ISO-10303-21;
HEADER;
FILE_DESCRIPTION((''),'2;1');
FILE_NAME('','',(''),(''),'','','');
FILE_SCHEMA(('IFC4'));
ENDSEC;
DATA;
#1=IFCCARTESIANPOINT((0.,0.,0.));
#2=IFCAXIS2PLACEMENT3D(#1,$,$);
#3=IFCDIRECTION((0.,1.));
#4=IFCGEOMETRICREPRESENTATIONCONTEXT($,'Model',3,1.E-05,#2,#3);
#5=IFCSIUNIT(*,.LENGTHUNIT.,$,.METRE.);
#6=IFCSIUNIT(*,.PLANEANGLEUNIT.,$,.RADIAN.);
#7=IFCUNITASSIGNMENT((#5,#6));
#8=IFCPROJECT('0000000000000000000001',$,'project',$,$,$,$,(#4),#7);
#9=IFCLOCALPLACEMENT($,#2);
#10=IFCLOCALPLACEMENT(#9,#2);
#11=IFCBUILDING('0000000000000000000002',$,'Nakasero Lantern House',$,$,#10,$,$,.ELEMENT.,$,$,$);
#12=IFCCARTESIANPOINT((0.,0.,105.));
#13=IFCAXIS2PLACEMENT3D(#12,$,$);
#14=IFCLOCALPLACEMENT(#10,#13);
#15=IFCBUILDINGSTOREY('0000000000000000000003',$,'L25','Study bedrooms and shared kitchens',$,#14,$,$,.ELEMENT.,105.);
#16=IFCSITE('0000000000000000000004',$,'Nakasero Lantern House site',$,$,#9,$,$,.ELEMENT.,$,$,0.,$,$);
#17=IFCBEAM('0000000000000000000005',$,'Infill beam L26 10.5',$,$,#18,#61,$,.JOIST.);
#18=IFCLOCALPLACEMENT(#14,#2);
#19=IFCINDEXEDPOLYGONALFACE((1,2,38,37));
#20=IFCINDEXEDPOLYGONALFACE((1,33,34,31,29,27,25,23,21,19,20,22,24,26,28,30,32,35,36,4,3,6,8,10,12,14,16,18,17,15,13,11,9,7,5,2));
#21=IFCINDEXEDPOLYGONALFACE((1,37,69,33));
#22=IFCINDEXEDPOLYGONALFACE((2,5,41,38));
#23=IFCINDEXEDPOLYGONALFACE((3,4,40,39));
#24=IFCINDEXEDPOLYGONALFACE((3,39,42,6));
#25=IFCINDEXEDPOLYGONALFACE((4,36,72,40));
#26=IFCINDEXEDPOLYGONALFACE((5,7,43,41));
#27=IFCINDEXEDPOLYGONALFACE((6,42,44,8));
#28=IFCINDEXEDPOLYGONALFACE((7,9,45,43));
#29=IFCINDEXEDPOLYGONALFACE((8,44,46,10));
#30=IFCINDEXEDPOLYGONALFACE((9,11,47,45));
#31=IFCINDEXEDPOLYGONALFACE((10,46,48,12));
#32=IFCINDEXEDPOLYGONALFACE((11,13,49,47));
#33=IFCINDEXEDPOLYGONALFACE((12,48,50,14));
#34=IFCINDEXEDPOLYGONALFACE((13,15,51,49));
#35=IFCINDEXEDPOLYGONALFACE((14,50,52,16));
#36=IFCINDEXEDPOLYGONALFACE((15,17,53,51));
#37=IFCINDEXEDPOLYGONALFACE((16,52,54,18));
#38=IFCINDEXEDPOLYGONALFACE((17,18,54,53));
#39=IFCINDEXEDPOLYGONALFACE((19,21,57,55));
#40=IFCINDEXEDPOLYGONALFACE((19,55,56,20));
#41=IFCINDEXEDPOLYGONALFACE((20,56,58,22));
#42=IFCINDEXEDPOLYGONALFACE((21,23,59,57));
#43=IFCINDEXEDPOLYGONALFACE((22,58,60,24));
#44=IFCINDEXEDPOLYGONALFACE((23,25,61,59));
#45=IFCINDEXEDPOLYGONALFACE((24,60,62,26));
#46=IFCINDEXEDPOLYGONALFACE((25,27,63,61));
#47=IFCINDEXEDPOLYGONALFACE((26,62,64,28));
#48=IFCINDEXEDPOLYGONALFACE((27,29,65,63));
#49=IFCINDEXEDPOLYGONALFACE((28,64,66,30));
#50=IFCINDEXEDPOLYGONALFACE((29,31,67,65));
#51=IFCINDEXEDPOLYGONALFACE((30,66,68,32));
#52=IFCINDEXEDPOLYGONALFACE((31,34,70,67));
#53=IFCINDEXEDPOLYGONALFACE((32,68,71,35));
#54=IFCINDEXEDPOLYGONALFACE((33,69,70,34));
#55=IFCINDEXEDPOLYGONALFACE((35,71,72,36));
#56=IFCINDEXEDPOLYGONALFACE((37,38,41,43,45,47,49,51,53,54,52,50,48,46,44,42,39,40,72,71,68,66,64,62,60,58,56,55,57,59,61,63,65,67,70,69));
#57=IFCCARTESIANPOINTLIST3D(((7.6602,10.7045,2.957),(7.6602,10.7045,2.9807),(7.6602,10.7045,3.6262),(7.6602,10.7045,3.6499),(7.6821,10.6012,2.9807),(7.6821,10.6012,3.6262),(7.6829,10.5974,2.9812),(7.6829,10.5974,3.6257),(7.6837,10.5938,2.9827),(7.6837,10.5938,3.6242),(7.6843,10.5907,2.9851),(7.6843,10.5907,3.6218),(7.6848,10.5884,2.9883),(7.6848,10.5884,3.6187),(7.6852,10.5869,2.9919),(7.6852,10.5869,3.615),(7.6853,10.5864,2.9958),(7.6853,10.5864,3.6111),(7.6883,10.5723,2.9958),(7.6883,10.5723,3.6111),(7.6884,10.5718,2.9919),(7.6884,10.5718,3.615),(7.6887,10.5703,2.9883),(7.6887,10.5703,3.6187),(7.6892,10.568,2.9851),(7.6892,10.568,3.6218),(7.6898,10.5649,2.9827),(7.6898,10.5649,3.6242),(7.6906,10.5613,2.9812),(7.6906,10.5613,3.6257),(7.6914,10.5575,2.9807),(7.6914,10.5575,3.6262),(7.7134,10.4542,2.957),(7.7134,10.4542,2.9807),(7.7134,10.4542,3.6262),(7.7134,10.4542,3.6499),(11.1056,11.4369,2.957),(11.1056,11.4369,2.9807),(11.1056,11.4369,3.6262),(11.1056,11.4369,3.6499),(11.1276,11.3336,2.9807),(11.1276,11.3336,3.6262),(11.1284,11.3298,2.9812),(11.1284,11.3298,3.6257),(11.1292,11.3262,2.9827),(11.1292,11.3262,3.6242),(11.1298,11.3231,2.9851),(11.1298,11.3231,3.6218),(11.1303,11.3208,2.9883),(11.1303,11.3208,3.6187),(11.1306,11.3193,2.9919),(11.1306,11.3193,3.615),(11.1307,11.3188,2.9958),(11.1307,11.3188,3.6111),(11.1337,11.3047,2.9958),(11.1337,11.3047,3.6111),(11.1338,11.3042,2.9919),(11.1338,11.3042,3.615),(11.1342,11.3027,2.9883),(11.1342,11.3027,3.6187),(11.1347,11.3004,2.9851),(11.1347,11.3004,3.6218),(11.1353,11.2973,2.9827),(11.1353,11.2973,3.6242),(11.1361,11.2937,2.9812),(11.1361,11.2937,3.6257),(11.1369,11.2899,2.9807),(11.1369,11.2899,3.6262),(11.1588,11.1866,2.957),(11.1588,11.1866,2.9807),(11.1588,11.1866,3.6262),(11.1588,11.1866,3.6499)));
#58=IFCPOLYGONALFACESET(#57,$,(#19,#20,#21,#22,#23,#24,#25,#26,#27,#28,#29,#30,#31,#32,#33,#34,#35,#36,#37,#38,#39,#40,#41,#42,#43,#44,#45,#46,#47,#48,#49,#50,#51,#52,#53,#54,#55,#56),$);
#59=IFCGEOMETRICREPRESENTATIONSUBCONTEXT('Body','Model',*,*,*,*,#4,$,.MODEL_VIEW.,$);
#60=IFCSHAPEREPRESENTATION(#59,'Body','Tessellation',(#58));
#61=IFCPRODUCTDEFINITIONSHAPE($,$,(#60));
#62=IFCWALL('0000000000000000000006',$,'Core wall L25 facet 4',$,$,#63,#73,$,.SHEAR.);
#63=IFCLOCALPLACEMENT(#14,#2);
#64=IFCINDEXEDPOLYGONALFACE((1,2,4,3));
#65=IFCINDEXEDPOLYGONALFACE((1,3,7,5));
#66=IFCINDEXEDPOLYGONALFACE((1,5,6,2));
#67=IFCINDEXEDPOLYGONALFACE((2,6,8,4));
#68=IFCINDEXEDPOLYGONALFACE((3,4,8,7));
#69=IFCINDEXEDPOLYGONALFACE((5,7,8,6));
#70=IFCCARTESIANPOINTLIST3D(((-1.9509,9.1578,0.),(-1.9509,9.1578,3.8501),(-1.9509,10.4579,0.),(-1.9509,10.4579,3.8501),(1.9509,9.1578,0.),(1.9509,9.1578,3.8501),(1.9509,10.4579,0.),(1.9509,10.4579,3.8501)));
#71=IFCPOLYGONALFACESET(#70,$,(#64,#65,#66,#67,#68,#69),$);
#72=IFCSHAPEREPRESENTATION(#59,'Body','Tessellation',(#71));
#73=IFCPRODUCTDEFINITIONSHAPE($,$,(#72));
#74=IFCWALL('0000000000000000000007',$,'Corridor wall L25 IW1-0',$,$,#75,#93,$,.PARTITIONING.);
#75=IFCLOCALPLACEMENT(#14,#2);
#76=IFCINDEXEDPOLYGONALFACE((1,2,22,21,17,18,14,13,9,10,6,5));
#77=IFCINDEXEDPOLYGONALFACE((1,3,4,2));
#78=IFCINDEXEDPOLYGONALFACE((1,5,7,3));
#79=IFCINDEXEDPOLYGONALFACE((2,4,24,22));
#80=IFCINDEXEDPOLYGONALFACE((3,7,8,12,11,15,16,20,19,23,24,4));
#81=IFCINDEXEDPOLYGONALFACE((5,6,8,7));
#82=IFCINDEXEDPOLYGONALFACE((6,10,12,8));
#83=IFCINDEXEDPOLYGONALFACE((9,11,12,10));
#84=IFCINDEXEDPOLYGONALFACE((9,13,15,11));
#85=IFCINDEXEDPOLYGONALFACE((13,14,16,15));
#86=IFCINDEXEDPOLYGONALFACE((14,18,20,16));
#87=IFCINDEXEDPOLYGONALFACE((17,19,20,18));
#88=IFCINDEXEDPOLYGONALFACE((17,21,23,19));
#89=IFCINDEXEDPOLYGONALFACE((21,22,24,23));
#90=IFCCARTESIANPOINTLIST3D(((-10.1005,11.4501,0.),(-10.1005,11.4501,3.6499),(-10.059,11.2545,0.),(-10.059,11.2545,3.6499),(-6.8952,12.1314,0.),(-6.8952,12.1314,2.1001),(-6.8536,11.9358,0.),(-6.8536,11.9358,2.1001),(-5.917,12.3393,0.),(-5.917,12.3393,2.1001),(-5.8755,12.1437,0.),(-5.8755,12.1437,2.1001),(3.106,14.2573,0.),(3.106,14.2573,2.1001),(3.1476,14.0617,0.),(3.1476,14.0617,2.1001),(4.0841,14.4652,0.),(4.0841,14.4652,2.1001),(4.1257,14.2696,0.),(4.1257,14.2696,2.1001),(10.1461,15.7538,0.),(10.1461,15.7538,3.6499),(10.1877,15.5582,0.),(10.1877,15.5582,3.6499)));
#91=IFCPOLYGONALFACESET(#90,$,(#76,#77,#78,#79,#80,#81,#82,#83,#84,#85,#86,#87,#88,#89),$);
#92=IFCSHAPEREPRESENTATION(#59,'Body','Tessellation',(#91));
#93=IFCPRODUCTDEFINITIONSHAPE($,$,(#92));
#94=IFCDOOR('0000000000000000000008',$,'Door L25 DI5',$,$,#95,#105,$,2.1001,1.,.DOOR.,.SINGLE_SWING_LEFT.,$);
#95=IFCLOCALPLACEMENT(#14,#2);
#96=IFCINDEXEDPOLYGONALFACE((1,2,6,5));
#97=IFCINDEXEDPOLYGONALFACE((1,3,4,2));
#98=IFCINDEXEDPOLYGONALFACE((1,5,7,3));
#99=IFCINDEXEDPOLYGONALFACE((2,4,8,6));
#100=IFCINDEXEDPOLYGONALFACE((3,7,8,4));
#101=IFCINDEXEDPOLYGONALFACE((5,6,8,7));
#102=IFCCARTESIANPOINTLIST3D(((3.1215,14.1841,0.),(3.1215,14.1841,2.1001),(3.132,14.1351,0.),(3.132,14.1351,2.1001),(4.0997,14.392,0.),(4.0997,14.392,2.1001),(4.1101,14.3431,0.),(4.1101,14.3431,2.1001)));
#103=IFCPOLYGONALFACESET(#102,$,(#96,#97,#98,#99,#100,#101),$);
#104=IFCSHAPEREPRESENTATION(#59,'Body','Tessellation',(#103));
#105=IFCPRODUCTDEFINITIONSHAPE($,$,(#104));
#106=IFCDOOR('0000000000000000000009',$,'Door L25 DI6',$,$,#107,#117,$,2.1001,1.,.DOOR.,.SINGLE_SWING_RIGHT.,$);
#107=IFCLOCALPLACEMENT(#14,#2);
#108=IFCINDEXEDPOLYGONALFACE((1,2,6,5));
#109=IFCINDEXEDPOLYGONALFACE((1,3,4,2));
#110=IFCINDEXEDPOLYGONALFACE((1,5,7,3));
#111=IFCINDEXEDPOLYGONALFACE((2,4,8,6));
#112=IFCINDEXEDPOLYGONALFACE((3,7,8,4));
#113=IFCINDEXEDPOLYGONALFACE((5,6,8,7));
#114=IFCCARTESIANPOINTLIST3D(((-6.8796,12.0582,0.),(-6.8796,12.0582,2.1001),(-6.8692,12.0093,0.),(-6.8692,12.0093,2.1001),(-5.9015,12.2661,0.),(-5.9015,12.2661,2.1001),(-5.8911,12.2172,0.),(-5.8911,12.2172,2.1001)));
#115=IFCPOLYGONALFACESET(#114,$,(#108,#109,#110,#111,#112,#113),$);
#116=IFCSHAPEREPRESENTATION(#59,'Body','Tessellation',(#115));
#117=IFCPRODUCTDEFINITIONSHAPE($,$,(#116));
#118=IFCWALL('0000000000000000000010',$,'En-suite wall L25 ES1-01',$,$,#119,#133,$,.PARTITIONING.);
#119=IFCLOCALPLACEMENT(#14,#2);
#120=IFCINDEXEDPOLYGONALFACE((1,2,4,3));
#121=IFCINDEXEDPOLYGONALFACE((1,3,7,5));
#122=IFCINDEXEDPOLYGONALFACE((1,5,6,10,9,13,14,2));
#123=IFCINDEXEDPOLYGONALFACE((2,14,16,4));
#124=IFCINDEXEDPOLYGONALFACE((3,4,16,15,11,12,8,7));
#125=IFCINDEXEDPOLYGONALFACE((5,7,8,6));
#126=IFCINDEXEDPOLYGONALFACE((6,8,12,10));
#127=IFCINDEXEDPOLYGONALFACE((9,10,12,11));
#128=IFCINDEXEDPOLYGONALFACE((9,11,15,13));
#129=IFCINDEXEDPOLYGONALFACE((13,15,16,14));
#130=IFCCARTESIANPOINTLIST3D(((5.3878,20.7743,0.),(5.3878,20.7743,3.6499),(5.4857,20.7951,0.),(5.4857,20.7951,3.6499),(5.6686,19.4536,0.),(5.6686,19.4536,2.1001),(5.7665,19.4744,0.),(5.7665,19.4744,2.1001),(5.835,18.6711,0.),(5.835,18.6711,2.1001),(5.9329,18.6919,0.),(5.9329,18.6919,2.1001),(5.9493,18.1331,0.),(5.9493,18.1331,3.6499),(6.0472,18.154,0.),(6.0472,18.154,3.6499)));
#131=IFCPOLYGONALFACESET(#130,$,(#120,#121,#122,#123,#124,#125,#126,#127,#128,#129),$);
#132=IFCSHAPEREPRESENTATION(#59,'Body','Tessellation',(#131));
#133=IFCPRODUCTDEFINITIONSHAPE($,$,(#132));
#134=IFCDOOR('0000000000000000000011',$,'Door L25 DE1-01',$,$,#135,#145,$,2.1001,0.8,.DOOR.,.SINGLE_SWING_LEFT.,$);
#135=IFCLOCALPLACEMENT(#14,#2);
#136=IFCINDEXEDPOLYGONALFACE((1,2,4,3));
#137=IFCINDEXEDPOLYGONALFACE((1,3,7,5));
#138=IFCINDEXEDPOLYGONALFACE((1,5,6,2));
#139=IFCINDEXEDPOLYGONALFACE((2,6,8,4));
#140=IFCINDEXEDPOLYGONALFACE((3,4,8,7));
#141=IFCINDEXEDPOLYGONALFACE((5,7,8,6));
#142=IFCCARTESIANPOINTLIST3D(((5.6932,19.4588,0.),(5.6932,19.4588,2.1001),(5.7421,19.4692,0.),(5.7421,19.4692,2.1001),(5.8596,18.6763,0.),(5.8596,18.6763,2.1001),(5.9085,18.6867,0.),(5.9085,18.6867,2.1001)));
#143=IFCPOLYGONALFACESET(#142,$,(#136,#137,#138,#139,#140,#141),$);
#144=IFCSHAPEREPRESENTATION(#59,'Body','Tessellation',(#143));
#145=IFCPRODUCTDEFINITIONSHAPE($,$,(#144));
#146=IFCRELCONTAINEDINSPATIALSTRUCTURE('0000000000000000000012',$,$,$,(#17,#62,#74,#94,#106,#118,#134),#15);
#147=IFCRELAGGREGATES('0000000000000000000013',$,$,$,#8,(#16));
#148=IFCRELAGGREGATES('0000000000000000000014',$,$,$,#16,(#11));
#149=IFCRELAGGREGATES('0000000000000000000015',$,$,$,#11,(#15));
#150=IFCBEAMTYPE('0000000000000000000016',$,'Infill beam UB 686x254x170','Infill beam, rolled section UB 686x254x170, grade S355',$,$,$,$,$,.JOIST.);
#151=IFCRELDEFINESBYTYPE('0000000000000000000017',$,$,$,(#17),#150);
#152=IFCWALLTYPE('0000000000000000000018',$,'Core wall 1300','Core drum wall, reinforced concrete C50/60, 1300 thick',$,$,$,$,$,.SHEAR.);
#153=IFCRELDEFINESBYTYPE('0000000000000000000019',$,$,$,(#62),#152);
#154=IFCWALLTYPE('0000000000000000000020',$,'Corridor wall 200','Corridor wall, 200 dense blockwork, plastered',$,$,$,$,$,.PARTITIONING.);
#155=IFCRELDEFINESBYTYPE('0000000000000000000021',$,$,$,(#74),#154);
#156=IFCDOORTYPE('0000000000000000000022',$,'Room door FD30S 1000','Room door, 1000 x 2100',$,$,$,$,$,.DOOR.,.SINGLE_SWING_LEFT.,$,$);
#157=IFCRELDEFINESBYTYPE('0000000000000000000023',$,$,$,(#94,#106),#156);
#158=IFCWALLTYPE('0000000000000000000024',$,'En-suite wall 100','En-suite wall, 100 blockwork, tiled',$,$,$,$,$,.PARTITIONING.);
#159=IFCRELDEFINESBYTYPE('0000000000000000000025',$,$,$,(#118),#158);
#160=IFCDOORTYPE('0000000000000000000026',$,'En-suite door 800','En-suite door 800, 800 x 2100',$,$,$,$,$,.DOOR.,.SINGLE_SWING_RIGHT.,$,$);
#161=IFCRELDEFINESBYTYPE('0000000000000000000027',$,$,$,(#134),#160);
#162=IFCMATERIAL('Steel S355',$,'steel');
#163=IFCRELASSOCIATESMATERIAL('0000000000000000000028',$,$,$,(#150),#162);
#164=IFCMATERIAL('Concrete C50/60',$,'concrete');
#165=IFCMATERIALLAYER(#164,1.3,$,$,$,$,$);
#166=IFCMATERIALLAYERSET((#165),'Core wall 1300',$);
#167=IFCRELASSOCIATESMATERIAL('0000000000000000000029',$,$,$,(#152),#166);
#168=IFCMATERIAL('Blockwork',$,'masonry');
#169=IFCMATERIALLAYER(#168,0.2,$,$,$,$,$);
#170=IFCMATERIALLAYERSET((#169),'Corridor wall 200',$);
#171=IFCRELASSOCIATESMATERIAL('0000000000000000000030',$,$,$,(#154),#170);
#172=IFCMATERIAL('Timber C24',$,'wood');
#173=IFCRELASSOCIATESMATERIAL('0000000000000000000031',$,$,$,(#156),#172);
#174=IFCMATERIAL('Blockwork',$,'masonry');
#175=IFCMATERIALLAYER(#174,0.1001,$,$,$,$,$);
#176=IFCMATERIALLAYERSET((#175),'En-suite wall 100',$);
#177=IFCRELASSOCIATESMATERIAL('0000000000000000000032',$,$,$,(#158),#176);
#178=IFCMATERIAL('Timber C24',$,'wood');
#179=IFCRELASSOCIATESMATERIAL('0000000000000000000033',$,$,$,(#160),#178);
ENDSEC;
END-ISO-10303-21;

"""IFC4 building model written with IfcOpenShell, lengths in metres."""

from ifc_helpers import new_model, si_unit, direction, frame, frame_2d, origin, origin_2d, place, context, subcontext, project, spatial, rectangle, i_section, extrude, material, layer, layer_set, material_profile, profile_set, type_object, element, fill, save


model = new_model("IFC4")

# Units and contexts
model_context = context("Model", 3, precision=1e-05, world=origin(), true_north=direction((0.0, 1.0)))
body_context = subcontext(model_context, "Body", "Model", "MODEL_VIEW")
ifc_project = project(units=[si_unit("LENGTHUNIT", "METRE"), si_unit("PLANEANGLEUNIT", "RADIAN")], contexts=[model_context])

# Site, building, storey
site_placement = place(None, origin())
site = spatial("IfcSite", under=ifc_project, at=site_placement, Name="Nakasero Lantern House site", CompositionType="ELEMENT", RefElevation=0.0)
building_placement = place(site_placement, origin())
building = spatial("IfcBuilding", under=site, at=building_placement, Name="Nakasero Lantern House", CompositionType="ELEMENT")
storey_placement = place(building_placement, frame((0.0, 0.0, 105.0)))
storey = spatial("IfcBuildingStorey", under=building, at=storey_placement, Name="L25", Description="Study bedrooms and shared kitchens", CompositionType="ELEMENT", Elevation=105.0)

# Beam
ifc_material_1 = material(Name="Steel S355", Category="steel")
ifc_material_profile_1 = material_profile(ifc_material_1, i_section(OverallWidth=0.2559, OverallDepth=0.6929, WebThickness=0.0144, FlangeThickness=0.0237, FilletRadius=0.0151, at=origin_2d()), Name="UB 686x254x170")
ifc_profile_set_1 = profile_set([ifc_material_profile_1], Name="Steel S355")
beam_type_1 = type_object("IfcBeamType", Name="Infill beam UB 686x254x170", Description="Infill beam, rolled section UB 686x254x170, grade S355", PredefinedType="JOIST", material=ifc_profile_set_1)
beam_1_placement = place(storey_placement, frame((7.6868, 10.5793, 3.3035), z_axis=(0.978145, 0.207924, 0.0), x_axis=(-0.207924, 0.978145, 0.0)))
element("IfcBeam", 1, at=beam_1_placement, inside=storey, type_object=beam_type_1, Name="Infill beam L26 10.5", PredefinedType="JOIST", context=body_context, shape_type="SweptSolid", body=[
    extrude(i_section(OverallWidth=0.2559, OverallDepth=0.6929, WebThickness=0.0144, FlangeThickness=0.0237, FilletRadius=0.0151, at=origin_2d()), origin(), (0.0, 0.0, 1.0), 3.5225),
])

# Wall
ifc_material_2 = material(Name="Concrete C50/60", Category="concrete")
ifc_layer_1 = layer(ifc_material_2, 1.3)
ifc_layer_set_1 = layer_set([ifc_layer_1], Name="Core wall 1300")
wall_type_1 = type_object("IfcWallType", Name="Core wall 1300", Description="Core drum wall, reinforced concrete C50/60, 1300 thick", PredefinedType="SHEAR", material=ifc_layer_set_1)
wall_1_placement = place(storey_placement, frame((1.9509, 9.8079, 0.0), z_axis=(0.0, 0.0, 1.0), x_axis=(-1.0, 0.0, 0.0)))
element("IfcWall", 2, at=wall_1_placement, inside=storey, type_object=wall_type_1, Name="Core wall L25 facet 4", PredefinedType="SHEAR", context=body_context, shape_type="SweptSolid", body=[
    extrude(rectangle(XDim=3.9019, YDim=1.3, at=frame_2d((1.9509, 0.0))), origin(), (0.0, 0.0, 1.0), 3.8501),
])

# Wall, openings, doors
ifc_material_3 = material(Name="Blockwork", Category="masonry")
ifc_layer_2 = layer(ifc_material_3, 0.2)
ifc_layer_set_2 = layer_set([ifc_layer_2], Name="Corridor wall 200")
wall_type_2 = type_object("IfcWallType", Name="Corridor wall 200", Description="Corridor wall, 200 dense blockwork, plastered", PredefinedType="PARTITIONING", material=ifc_layer_set_2)
wall_2_placement = place(storey_placement, frame((10.167, 15.656, 0.0), z_axis=(0.0, 0.0, 1.0), x_axis=(-0.978146, -0.207919, 0.0)))
wall_2 = element("IfcWall", 3, at=wall_2_placement, inside=storey, type_object=wall_type_2, Name="Corridor wall L25 IW1-0", PredefinedType="PARTITIONING", context=body_context, shape_type="SweptSolid", body=[
    extrude(rectangle(XDim=20.699, YDim=0.2, at=frame_2d((10.3496, 0.0))), origin(), (0.0, 0.0, 1.0), 3.6499),
])
opening_1_placement = place(wall_2_placement, frame((6.1975, 0.0, 0.0)))
opening_1 = element("IfcOpeningElement", 4, at=opening_1_placement, cuts=wall_2, PredefinedType="OPENING", context=body_context, shape_type="SweptSolid", body=[
    extrude(rectangle(XDim=1.0, YDim=2.1001, at=frame_2d((0.5, 1.05))), frame((0.0, 0.1199, 0.0), z_axis=(0.0, -1.0, 0.0), x_axis=(1.0, 0.0, 0.0)), (0.0, 0.0, 1.0), 0.24),
])
opening_2_placement = place(wall_2_placement, frame((16.4221, 0.0, 0.0)))
opening_2 = element("IfcOpeningElement", 5, at=opening_2_placement, cuts=wall_2, PredefinedType="OPENING", context=body_context, shape_type="SweptSolid", body=[
    extrude(rectangle(XDim=1.0, YDim=2.1001, at=frame_2d((0.5, 1.05))), frame((0.0, 0.1199, 0.0), z_axis=(0.0, -1.0, 0.0), x_axis=(1.0, 0.0, 0.0)), (0.0, 0.0, 1.0), 0.24),
])
ifc_material_4 = material(Name="Timber C24", Category="wood")
door_type_1 = type_object("IfcDoorType", Name="Room door FD30S 1000", Description="Room door, 1000 x 2100", OperationType="SINGLE_SWING_LEFT", PredefinedType="DOOR", material=ifc_material_4)
door_1_placement = place(opening_1_placement, origin())
door_1 = element("IfcDoor", 6, at=door_1_placement, inside=storey, type_object=door_type_1, Name="Door L25 DI5", OperationType="SINGLE_SWING_LEFT", OverallHeight=2.1001, OverallWidth=1.0, PredefinedType="DOOR", context=body_context, shape_type="SweptSolid", body=[
    extrude(rectangle(XDim=1.0, YDim=2.1001, at=frame_2d((0.5, 1.05))), frame((0.0, 0.0249, 0.0), z_axis=(0.0, -1.0, 0.0), x_axis=(1.0, 0.0, 0.0)), (0.0, 0.0, 1.0), 0.05),
])
fill(opening_1, door_1)
door_2_placement = place(opening_2_placement, origin())
door_2 = element("IfcDoor", 7, at=door_2_placement, inside=storey, type_object=door_type_1, Name="Door L25 DI6", OperationType="SINGLE_SWING_RIGHT", OverallHeight=2.1001, OverallWidth=1.0, PredefinedType="DOOR", context=body_context, shape_type="SweptSolid", body=[
    extrude(rectangle(XDim=1.0, YDim=2.1001, at=frame_2d((0.5, 1.05))), frame((0.0, 0.0249, 0.0), z_axis=(0.0, -1.0, 0.0), x_axis=(1.0, 0.0, 0.0)), (0.0, 0.0, 1.0), 0.05),
])
fill(opening_2, door_2)

# Wall, opening, door
ifc_material_5 = material(Name="Blockwork", Category="masonry")
ifc_layer_3 = layer(ifc_material_5, 0.1001)
ifc_layer_set_3 = layer_set([ifc_layer_3], Name="En-suite wall 100")
wall_type_3 = type_object("IfcWallType", Name="En-suite wall 100", Description="En-suite wall, 100 blockwork, tiled", PredefinedType="PARTITIONING", material=ifc_layer_set_3)
wall_3_placement = place(storey_placement, frame((5.9983, 18.1436, 0.0), z_axis=(0.0, 0.0, 1.0), x_axis=(-0.20796, 0.978137, 0.0)))
wall_3 = element("IfcWall", 8, at=wall_3_placement, inside=storey, type_object=wall_type_3, Name="En-suite wall L25 ES1-01", PredefinedType="PARTITIONING", context=body_context, shape_type="SweptSolid", body=[
    extrude(rectangle(XDim=2.7002, YDim=0.1001, at=frame_2d((1.3501, 0.0))), origin(), (0.0, 0.0, 1.0), 3.6499),
])
opening_3_placement = place(wall_3_placement, frame((0.55, 0.0, 0.0)))
opening_3 = element("IfcOpeningElement", 9, at=opening_3_placement, cuts=wall_3, PredefinedType="OPENING", context=body_context, shape_type="SweptSolid", body=[
    extrude(rectangle(XDim=0.8, YDim=2.1001, at=frame_2d((0.3999, 1.05))), frame((0.0, 0.0701, 0.0), z_axis=(0.0, -1.0, 0.0), x_axis=(1.0, 0.0, 0.0)), (0.0, 0.0, 1.0), 0.1401),
])
ifc_material_6 = material(Name="Timber C24", Category="wood")
door_type_2 = type_object("IfcDoorType", Name="En-suite door 800", Description="En-suite door 800, 800 x 2100", OperationType="SINGLE_SWING_RIGHT", PredefinedType="DOOR", material=ifc_material_6)
door_3_placement = place(opening_3_placement, origin())
door_3 = element("IfcDoor", 10, at=door_3_placement, inside=storey, type_object=door_type_2, Name="Door L25 DE1-01", OperationType="SINGLE_SWING_LEFT", OverallHeight=2.1001, OverallWidth=0.8, PredefinedType="DOOR", context=body_context, shape_type="SweptSolid", body=[
    extrude(rectangle(XDim=0.8, YDim=2.1001, at=frame_2d((0.3999, 1.05))), frame((0.0, 0.0249, 0.0), z_axis=(0.0, -1.0, 0.0), x_axis=(1.0, 0.0, 0.0)), (0.0, 0.0, 1.0), 0.05),
])
fill(opening_3, door_3)

save(model, "model.ifc")
